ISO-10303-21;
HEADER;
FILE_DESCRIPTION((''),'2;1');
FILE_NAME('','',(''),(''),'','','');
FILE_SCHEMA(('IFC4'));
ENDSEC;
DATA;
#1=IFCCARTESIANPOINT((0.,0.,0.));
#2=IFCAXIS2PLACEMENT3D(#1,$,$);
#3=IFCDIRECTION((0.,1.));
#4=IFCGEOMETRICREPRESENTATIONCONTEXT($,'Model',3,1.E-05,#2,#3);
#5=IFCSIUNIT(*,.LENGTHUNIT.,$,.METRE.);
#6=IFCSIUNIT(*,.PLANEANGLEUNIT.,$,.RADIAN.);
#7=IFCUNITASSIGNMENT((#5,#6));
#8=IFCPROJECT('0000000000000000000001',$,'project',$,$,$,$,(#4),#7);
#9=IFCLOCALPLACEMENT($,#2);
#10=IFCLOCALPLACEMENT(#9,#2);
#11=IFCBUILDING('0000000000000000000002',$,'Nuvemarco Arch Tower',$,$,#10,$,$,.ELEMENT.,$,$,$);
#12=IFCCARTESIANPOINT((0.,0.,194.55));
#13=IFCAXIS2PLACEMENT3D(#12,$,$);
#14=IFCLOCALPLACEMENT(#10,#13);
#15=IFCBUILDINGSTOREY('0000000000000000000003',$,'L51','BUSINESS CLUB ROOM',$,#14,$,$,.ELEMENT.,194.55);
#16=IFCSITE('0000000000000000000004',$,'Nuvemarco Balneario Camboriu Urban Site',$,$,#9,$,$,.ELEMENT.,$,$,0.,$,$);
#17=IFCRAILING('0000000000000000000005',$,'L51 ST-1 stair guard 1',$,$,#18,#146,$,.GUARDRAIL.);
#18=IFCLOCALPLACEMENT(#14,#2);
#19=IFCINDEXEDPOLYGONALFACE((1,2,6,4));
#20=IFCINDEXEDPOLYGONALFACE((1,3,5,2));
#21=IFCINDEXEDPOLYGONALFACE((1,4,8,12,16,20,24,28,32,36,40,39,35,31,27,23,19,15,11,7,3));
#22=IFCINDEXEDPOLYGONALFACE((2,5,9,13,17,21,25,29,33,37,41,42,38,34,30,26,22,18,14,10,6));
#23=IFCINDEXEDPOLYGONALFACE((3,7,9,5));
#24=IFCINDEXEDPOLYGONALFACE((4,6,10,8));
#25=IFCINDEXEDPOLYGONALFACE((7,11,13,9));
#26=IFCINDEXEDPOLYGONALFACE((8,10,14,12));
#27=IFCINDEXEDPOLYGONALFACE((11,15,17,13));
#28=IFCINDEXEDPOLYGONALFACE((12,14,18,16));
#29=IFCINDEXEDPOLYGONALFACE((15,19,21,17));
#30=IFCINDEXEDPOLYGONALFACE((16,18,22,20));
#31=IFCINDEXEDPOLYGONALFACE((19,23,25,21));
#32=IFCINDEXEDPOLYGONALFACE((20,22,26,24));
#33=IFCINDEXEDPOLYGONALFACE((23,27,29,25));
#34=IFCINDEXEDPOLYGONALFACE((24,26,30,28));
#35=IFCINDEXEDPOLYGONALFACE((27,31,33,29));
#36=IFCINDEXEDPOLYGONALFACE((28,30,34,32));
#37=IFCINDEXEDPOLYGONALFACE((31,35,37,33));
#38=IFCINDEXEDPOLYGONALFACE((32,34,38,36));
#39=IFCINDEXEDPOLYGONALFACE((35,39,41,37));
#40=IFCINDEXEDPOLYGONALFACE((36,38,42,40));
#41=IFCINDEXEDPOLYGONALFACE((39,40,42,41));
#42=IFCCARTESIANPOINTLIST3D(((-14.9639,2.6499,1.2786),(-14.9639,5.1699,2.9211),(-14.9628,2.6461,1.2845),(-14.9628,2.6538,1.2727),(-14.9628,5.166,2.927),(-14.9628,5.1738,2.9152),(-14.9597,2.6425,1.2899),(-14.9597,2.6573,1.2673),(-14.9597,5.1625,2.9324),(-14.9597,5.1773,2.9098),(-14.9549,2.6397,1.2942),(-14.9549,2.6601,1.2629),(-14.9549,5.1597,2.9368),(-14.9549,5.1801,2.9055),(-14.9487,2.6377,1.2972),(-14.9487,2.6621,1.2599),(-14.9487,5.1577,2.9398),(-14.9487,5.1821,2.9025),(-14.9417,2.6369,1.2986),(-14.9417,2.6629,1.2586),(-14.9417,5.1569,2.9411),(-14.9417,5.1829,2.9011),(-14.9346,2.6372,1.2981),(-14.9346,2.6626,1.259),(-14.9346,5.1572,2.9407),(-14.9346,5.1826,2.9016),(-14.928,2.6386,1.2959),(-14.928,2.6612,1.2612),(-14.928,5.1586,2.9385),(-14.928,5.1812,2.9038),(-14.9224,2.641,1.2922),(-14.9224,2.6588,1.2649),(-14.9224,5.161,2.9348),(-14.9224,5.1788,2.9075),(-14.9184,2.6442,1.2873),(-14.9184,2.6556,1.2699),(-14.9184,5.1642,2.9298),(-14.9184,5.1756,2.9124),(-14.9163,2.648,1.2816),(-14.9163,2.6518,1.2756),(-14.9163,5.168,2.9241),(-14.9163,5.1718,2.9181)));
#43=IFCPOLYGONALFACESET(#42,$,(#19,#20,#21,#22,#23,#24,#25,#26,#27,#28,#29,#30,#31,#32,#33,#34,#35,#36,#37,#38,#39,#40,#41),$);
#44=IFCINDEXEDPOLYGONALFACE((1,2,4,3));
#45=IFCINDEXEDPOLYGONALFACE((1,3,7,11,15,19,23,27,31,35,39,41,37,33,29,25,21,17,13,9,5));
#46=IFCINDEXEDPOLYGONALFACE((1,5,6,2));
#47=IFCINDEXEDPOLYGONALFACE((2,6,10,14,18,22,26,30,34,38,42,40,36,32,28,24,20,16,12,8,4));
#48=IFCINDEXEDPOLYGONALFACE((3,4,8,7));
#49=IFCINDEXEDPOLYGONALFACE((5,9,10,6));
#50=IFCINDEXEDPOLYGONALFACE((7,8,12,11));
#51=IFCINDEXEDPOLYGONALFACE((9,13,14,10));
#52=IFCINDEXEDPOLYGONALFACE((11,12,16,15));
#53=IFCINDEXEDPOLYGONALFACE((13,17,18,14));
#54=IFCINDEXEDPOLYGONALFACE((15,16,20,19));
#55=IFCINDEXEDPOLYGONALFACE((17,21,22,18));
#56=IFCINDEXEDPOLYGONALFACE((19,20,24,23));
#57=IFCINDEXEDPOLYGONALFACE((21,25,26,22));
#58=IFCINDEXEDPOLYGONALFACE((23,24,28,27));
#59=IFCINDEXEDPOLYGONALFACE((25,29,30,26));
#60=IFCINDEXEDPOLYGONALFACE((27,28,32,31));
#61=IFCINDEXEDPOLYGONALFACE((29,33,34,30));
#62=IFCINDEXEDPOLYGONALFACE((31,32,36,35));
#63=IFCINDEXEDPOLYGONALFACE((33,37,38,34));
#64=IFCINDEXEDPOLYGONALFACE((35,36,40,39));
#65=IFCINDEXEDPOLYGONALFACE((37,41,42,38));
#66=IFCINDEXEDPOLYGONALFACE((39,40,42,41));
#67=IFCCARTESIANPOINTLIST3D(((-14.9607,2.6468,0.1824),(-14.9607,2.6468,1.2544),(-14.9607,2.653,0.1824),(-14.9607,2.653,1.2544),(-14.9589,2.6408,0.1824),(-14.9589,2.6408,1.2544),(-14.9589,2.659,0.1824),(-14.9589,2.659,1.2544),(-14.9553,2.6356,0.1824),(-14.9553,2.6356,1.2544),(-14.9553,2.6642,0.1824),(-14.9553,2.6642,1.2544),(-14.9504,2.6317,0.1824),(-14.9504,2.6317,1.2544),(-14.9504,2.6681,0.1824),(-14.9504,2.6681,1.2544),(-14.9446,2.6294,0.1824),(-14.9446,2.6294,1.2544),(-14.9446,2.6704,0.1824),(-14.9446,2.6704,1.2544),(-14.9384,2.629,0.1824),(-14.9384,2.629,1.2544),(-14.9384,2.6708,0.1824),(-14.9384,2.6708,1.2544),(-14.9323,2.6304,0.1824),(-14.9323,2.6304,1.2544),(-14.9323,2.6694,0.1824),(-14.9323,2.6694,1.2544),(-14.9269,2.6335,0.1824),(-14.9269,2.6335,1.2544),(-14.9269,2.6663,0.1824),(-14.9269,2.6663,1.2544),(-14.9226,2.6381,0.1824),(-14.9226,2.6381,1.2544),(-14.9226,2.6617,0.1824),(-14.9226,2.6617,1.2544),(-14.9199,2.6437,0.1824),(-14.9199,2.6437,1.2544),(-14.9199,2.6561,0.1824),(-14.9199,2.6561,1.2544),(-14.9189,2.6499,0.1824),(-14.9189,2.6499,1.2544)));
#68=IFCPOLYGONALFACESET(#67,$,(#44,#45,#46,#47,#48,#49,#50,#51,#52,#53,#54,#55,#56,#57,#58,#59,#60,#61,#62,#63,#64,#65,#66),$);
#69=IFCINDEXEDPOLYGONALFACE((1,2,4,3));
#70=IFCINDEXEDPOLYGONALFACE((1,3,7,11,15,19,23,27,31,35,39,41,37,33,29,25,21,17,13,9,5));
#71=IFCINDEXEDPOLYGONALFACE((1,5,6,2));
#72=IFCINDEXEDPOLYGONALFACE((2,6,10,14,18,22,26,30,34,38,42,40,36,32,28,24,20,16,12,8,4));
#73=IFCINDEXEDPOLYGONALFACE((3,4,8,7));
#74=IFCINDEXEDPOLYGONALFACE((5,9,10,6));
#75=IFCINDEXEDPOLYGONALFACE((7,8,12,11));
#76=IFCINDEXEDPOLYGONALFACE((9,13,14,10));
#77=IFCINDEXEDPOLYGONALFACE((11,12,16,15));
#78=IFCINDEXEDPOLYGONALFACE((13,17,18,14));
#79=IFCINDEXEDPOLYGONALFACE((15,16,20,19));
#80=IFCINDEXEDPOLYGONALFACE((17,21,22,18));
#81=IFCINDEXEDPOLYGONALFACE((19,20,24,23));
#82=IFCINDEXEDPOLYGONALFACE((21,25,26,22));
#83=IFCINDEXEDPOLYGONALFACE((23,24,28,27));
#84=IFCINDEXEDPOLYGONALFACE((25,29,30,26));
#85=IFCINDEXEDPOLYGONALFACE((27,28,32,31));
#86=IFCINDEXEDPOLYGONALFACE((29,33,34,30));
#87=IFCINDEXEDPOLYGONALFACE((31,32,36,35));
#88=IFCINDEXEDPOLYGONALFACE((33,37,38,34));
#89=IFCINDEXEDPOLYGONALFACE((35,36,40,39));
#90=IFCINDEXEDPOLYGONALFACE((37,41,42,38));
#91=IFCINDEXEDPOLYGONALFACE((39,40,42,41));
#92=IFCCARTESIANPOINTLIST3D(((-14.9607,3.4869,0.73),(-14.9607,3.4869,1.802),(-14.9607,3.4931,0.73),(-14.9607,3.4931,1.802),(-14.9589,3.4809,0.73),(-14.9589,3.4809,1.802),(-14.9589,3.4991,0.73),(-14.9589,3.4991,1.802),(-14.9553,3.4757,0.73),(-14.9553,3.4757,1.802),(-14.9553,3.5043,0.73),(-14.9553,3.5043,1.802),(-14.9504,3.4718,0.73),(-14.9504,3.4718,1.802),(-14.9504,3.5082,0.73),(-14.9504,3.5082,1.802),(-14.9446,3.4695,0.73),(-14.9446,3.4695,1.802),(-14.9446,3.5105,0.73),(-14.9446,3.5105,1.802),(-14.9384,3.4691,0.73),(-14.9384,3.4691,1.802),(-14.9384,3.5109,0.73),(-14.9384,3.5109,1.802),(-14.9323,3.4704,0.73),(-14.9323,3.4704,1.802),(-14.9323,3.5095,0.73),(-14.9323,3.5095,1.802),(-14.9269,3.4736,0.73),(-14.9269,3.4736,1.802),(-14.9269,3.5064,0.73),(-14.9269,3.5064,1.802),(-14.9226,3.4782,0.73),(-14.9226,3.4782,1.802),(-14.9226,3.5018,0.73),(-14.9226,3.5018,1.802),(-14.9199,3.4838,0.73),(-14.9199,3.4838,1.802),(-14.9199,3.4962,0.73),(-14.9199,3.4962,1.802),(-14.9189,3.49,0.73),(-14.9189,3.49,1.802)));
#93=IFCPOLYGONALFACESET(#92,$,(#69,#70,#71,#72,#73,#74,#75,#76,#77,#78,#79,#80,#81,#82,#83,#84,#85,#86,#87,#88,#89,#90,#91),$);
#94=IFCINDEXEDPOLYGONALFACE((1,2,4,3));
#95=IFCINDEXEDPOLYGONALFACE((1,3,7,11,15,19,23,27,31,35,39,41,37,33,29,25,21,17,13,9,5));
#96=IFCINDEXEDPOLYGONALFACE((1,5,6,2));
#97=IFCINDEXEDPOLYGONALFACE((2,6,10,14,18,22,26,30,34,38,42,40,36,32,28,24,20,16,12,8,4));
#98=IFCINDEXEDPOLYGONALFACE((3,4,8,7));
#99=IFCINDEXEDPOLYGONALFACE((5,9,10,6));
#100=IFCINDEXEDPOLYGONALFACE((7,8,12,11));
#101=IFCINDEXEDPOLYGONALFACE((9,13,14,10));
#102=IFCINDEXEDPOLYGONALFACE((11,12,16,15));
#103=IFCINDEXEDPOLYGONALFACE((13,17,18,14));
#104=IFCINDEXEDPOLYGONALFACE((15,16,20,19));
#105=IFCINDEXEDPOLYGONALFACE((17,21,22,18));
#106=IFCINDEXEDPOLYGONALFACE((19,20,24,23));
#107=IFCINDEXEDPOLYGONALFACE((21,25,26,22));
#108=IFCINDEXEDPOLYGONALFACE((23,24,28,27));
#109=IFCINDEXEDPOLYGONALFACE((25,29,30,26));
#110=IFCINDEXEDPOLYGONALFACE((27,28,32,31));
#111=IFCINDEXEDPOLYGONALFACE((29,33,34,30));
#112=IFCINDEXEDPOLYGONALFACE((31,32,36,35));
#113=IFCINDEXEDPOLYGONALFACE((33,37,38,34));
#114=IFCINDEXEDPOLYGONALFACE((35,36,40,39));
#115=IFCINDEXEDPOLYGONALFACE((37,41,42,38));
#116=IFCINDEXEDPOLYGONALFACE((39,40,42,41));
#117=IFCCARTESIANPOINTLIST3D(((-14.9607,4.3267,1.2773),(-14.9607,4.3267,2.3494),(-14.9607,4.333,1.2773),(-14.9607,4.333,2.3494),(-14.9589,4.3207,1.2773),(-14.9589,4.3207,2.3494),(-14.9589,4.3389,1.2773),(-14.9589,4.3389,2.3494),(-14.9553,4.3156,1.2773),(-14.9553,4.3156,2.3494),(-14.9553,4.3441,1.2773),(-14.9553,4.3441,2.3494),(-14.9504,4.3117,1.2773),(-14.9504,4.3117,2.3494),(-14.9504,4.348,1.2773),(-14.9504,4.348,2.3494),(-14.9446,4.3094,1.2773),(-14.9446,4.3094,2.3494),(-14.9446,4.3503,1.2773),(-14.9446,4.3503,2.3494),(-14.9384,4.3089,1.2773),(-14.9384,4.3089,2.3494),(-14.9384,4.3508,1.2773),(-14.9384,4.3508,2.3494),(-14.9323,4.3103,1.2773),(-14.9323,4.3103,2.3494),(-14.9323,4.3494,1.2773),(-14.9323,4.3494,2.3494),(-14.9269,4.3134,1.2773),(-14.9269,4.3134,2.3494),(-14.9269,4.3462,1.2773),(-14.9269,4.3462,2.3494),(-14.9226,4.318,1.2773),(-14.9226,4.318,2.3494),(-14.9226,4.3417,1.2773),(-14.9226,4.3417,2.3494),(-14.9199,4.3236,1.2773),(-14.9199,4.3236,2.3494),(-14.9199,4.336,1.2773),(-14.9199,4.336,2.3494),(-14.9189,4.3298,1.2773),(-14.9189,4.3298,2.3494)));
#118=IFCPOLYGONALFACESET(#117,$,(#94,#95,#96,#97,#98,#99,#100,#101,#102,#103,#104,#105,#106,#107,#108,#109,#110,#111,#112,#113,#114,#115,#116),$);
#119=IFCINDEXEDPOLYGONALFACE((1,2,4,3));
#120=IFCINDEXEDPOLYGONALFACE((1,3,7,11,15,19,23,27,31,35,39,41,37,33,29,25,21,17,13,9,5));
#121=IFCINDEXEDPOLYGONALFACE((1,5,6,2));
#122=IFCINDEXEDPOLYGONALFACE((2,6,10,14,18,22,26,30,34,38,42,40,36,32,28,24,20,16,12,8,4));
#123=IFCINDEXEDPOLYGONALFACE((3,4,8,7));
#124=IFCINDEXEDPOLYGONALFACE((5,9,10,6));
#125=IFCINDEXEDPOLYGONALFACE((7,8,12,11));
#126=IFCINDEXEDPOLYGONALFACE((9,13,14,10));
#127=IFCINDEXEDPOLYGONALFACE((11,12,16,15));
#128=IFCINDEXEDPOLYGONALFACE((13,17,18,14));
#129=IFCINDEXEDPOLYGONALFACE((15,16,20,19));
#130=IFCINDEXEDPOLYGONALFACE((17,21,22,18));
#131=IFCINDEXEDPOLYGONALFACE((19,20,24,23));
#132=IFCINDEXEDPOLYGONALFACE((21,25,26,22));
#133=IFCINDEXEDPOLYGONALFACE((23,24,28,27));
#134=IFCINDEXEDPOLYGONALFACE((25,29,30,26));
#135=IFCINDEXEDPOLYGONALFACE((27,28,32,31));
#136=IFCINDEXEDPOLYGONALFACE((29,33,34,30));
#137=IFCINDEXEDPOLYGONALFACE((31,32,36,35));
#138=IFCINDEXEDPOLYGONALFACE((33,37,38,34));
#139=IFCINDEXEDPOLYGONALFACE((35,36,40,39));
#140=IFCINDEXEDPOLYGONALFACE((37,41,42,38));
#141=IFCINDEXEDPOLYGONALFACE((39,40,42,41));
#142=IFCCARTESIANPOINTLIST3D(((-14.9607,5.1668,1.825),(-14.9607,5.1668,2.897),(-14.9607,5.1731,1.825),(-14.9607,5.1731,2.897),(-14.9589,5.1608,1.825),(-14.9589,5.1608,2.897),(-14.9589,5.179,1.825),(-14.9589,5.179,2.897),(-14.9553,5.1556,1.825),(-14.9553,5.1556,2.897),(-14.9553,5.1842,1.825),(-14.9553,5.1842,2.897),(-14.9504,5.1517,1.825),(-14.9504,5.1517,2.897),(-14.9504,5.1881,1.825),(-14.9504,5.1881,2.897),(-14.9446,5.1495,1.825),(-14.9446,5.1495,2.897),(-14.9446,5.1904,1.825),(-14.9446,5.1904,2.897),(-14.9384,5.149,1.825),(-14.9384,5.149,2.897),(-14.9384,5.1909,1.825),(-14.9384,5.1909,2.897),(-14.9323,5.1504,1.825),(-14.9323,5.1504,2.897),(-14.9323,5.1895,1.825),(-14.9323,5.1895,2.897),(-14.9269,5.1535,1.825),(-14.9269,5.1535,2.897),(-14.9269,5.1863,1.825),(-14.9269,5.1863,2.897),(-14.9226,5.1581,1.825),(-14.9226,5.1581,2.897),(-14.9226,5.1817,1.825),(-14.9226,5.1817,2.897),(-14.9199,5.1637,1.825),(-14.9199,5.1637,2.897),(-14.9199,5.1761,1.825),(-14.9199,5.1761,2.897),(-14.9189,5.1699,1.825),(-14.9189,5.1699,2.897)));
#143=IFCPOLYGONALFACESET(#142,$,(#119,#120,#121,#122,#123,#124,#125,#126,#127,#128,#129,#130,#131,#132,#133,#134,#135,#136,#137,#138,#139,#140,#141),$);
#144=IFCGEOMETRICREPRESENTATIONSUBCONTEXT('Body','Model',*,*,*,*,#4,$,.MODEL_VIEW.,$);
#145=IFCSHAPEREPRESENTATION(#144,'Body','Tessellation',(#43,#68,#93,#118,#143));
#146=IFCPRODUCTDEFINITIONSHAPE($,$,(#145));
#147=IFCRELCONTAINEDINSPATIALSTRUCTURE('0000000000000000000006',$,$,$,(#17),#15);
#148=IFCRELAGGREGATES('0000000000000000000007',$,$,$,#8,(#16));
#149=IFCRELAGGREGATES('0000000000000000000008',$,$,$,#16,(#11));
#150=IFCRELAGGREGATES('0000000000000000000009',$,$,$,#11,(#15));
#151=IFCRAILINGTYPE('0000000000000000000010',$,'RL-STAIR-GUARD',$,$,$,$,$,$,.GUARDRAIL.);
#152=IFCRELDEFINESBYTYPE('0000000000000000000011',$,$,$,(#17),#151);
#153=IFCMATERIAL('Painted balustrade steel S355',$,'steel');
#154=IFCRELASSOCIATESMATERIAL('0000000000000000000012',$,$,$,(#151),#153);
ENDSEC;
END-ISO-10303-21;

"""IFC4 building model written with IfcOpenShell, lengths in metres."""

from ifc_helpers import new_model, si_unit, direction, frame, origin, origin_2d, place, context, subcontext, project, spatial, circle, extrude, material, type_object, element, save


model = new_model("IFC4")

# Units and contexts
model_context = context("Model", 3, precision=1e-05, world=origin(), true_north=direction((0.0, 1.0)))
body_context = subcontext(model_context, "Body", "Model", "MODEL_VIEW")
ifc_project = project(units=[si_unit("LENGTHUNIT", "METRE"), si_unit("PLANEANGLEUNIT", "RADIAN")], contexts=[model_context])

# Site, building, storey
site_placement = place(None, origin())
site = spatial("IfcSite", under=ifc_project, at=site_placement, Name="Nuvemarco Balneario Camboriu Urban Site", CompositionType="ELEMENT", RefElevation=0.0)
building_placement = place(site_placement, origin())
building = spatial("IfcBuilding", under=site, at=building_placement, Name="Nuvemarco Arch Tower", CompositionType="ELEMENT")
storey_placement = place(building_placement, frame((0.0, 0.0, 194.55)))
storey = spatial("IfcBuildingStorey", under=building, at=storey_placement, Name="L51", Description="BUSINESS CLUB ROOM", CompositionType="ELEMENT", Elevation=194.55)

# Railing
ifc_material_1 = material(Name="Painted balustrade steel S355", Category="steel")
railing_type_1 = type_object("IfcRailingType", Name="RL-STAIR-GUARD", PredefinedType="GUARDRAIL", material=ifc_material_1)
railing_1_placement = place(storey_placement, frame((-14.9399, 2.6499, 0.1824)))
element("IfcRailing", 1, at=railing_1_placement, inside=storey, type_object=railing_type_1, Name="L51 ST-1 stair guard 1", PredefinedType="GUARDRAIL", context=body_context, shape_type="SweptSolid", body=[
    extrude(circle(Radius=0.0239, at=origin_2d()), frame((0.0, 0.0, 1.0962), z_axis=(0.0, 0.837749, 0.546055), x_axis=(-1.0, 0.0, 0.0)), (0.0, 0.0, 1.0), 3.0081),
    extrude(circle(Radius=0.021, at=origin_2d()), origin(), (0.0, 0.0, 1.0), 1.072),
    extrude(circle(Radius=0.021, at=origin_2d()), frame((0.0, 0.8401, 0.5476)), (0.0, 0.0, 1.0), 1.072),
    extrude(circle(Radius=0.021, at=origin_2d()), frame((0.0, 1.6799, 1.095)), (0.0, 0.0, 1.0), 1.072),
    extrude(circle(Radius=0.021, at=origin_2d()), frame((0.0, 2.52, 1.6426)), (0.0, 0.0, 1.0), 1.072),
])

save(model, "model.ifc")
